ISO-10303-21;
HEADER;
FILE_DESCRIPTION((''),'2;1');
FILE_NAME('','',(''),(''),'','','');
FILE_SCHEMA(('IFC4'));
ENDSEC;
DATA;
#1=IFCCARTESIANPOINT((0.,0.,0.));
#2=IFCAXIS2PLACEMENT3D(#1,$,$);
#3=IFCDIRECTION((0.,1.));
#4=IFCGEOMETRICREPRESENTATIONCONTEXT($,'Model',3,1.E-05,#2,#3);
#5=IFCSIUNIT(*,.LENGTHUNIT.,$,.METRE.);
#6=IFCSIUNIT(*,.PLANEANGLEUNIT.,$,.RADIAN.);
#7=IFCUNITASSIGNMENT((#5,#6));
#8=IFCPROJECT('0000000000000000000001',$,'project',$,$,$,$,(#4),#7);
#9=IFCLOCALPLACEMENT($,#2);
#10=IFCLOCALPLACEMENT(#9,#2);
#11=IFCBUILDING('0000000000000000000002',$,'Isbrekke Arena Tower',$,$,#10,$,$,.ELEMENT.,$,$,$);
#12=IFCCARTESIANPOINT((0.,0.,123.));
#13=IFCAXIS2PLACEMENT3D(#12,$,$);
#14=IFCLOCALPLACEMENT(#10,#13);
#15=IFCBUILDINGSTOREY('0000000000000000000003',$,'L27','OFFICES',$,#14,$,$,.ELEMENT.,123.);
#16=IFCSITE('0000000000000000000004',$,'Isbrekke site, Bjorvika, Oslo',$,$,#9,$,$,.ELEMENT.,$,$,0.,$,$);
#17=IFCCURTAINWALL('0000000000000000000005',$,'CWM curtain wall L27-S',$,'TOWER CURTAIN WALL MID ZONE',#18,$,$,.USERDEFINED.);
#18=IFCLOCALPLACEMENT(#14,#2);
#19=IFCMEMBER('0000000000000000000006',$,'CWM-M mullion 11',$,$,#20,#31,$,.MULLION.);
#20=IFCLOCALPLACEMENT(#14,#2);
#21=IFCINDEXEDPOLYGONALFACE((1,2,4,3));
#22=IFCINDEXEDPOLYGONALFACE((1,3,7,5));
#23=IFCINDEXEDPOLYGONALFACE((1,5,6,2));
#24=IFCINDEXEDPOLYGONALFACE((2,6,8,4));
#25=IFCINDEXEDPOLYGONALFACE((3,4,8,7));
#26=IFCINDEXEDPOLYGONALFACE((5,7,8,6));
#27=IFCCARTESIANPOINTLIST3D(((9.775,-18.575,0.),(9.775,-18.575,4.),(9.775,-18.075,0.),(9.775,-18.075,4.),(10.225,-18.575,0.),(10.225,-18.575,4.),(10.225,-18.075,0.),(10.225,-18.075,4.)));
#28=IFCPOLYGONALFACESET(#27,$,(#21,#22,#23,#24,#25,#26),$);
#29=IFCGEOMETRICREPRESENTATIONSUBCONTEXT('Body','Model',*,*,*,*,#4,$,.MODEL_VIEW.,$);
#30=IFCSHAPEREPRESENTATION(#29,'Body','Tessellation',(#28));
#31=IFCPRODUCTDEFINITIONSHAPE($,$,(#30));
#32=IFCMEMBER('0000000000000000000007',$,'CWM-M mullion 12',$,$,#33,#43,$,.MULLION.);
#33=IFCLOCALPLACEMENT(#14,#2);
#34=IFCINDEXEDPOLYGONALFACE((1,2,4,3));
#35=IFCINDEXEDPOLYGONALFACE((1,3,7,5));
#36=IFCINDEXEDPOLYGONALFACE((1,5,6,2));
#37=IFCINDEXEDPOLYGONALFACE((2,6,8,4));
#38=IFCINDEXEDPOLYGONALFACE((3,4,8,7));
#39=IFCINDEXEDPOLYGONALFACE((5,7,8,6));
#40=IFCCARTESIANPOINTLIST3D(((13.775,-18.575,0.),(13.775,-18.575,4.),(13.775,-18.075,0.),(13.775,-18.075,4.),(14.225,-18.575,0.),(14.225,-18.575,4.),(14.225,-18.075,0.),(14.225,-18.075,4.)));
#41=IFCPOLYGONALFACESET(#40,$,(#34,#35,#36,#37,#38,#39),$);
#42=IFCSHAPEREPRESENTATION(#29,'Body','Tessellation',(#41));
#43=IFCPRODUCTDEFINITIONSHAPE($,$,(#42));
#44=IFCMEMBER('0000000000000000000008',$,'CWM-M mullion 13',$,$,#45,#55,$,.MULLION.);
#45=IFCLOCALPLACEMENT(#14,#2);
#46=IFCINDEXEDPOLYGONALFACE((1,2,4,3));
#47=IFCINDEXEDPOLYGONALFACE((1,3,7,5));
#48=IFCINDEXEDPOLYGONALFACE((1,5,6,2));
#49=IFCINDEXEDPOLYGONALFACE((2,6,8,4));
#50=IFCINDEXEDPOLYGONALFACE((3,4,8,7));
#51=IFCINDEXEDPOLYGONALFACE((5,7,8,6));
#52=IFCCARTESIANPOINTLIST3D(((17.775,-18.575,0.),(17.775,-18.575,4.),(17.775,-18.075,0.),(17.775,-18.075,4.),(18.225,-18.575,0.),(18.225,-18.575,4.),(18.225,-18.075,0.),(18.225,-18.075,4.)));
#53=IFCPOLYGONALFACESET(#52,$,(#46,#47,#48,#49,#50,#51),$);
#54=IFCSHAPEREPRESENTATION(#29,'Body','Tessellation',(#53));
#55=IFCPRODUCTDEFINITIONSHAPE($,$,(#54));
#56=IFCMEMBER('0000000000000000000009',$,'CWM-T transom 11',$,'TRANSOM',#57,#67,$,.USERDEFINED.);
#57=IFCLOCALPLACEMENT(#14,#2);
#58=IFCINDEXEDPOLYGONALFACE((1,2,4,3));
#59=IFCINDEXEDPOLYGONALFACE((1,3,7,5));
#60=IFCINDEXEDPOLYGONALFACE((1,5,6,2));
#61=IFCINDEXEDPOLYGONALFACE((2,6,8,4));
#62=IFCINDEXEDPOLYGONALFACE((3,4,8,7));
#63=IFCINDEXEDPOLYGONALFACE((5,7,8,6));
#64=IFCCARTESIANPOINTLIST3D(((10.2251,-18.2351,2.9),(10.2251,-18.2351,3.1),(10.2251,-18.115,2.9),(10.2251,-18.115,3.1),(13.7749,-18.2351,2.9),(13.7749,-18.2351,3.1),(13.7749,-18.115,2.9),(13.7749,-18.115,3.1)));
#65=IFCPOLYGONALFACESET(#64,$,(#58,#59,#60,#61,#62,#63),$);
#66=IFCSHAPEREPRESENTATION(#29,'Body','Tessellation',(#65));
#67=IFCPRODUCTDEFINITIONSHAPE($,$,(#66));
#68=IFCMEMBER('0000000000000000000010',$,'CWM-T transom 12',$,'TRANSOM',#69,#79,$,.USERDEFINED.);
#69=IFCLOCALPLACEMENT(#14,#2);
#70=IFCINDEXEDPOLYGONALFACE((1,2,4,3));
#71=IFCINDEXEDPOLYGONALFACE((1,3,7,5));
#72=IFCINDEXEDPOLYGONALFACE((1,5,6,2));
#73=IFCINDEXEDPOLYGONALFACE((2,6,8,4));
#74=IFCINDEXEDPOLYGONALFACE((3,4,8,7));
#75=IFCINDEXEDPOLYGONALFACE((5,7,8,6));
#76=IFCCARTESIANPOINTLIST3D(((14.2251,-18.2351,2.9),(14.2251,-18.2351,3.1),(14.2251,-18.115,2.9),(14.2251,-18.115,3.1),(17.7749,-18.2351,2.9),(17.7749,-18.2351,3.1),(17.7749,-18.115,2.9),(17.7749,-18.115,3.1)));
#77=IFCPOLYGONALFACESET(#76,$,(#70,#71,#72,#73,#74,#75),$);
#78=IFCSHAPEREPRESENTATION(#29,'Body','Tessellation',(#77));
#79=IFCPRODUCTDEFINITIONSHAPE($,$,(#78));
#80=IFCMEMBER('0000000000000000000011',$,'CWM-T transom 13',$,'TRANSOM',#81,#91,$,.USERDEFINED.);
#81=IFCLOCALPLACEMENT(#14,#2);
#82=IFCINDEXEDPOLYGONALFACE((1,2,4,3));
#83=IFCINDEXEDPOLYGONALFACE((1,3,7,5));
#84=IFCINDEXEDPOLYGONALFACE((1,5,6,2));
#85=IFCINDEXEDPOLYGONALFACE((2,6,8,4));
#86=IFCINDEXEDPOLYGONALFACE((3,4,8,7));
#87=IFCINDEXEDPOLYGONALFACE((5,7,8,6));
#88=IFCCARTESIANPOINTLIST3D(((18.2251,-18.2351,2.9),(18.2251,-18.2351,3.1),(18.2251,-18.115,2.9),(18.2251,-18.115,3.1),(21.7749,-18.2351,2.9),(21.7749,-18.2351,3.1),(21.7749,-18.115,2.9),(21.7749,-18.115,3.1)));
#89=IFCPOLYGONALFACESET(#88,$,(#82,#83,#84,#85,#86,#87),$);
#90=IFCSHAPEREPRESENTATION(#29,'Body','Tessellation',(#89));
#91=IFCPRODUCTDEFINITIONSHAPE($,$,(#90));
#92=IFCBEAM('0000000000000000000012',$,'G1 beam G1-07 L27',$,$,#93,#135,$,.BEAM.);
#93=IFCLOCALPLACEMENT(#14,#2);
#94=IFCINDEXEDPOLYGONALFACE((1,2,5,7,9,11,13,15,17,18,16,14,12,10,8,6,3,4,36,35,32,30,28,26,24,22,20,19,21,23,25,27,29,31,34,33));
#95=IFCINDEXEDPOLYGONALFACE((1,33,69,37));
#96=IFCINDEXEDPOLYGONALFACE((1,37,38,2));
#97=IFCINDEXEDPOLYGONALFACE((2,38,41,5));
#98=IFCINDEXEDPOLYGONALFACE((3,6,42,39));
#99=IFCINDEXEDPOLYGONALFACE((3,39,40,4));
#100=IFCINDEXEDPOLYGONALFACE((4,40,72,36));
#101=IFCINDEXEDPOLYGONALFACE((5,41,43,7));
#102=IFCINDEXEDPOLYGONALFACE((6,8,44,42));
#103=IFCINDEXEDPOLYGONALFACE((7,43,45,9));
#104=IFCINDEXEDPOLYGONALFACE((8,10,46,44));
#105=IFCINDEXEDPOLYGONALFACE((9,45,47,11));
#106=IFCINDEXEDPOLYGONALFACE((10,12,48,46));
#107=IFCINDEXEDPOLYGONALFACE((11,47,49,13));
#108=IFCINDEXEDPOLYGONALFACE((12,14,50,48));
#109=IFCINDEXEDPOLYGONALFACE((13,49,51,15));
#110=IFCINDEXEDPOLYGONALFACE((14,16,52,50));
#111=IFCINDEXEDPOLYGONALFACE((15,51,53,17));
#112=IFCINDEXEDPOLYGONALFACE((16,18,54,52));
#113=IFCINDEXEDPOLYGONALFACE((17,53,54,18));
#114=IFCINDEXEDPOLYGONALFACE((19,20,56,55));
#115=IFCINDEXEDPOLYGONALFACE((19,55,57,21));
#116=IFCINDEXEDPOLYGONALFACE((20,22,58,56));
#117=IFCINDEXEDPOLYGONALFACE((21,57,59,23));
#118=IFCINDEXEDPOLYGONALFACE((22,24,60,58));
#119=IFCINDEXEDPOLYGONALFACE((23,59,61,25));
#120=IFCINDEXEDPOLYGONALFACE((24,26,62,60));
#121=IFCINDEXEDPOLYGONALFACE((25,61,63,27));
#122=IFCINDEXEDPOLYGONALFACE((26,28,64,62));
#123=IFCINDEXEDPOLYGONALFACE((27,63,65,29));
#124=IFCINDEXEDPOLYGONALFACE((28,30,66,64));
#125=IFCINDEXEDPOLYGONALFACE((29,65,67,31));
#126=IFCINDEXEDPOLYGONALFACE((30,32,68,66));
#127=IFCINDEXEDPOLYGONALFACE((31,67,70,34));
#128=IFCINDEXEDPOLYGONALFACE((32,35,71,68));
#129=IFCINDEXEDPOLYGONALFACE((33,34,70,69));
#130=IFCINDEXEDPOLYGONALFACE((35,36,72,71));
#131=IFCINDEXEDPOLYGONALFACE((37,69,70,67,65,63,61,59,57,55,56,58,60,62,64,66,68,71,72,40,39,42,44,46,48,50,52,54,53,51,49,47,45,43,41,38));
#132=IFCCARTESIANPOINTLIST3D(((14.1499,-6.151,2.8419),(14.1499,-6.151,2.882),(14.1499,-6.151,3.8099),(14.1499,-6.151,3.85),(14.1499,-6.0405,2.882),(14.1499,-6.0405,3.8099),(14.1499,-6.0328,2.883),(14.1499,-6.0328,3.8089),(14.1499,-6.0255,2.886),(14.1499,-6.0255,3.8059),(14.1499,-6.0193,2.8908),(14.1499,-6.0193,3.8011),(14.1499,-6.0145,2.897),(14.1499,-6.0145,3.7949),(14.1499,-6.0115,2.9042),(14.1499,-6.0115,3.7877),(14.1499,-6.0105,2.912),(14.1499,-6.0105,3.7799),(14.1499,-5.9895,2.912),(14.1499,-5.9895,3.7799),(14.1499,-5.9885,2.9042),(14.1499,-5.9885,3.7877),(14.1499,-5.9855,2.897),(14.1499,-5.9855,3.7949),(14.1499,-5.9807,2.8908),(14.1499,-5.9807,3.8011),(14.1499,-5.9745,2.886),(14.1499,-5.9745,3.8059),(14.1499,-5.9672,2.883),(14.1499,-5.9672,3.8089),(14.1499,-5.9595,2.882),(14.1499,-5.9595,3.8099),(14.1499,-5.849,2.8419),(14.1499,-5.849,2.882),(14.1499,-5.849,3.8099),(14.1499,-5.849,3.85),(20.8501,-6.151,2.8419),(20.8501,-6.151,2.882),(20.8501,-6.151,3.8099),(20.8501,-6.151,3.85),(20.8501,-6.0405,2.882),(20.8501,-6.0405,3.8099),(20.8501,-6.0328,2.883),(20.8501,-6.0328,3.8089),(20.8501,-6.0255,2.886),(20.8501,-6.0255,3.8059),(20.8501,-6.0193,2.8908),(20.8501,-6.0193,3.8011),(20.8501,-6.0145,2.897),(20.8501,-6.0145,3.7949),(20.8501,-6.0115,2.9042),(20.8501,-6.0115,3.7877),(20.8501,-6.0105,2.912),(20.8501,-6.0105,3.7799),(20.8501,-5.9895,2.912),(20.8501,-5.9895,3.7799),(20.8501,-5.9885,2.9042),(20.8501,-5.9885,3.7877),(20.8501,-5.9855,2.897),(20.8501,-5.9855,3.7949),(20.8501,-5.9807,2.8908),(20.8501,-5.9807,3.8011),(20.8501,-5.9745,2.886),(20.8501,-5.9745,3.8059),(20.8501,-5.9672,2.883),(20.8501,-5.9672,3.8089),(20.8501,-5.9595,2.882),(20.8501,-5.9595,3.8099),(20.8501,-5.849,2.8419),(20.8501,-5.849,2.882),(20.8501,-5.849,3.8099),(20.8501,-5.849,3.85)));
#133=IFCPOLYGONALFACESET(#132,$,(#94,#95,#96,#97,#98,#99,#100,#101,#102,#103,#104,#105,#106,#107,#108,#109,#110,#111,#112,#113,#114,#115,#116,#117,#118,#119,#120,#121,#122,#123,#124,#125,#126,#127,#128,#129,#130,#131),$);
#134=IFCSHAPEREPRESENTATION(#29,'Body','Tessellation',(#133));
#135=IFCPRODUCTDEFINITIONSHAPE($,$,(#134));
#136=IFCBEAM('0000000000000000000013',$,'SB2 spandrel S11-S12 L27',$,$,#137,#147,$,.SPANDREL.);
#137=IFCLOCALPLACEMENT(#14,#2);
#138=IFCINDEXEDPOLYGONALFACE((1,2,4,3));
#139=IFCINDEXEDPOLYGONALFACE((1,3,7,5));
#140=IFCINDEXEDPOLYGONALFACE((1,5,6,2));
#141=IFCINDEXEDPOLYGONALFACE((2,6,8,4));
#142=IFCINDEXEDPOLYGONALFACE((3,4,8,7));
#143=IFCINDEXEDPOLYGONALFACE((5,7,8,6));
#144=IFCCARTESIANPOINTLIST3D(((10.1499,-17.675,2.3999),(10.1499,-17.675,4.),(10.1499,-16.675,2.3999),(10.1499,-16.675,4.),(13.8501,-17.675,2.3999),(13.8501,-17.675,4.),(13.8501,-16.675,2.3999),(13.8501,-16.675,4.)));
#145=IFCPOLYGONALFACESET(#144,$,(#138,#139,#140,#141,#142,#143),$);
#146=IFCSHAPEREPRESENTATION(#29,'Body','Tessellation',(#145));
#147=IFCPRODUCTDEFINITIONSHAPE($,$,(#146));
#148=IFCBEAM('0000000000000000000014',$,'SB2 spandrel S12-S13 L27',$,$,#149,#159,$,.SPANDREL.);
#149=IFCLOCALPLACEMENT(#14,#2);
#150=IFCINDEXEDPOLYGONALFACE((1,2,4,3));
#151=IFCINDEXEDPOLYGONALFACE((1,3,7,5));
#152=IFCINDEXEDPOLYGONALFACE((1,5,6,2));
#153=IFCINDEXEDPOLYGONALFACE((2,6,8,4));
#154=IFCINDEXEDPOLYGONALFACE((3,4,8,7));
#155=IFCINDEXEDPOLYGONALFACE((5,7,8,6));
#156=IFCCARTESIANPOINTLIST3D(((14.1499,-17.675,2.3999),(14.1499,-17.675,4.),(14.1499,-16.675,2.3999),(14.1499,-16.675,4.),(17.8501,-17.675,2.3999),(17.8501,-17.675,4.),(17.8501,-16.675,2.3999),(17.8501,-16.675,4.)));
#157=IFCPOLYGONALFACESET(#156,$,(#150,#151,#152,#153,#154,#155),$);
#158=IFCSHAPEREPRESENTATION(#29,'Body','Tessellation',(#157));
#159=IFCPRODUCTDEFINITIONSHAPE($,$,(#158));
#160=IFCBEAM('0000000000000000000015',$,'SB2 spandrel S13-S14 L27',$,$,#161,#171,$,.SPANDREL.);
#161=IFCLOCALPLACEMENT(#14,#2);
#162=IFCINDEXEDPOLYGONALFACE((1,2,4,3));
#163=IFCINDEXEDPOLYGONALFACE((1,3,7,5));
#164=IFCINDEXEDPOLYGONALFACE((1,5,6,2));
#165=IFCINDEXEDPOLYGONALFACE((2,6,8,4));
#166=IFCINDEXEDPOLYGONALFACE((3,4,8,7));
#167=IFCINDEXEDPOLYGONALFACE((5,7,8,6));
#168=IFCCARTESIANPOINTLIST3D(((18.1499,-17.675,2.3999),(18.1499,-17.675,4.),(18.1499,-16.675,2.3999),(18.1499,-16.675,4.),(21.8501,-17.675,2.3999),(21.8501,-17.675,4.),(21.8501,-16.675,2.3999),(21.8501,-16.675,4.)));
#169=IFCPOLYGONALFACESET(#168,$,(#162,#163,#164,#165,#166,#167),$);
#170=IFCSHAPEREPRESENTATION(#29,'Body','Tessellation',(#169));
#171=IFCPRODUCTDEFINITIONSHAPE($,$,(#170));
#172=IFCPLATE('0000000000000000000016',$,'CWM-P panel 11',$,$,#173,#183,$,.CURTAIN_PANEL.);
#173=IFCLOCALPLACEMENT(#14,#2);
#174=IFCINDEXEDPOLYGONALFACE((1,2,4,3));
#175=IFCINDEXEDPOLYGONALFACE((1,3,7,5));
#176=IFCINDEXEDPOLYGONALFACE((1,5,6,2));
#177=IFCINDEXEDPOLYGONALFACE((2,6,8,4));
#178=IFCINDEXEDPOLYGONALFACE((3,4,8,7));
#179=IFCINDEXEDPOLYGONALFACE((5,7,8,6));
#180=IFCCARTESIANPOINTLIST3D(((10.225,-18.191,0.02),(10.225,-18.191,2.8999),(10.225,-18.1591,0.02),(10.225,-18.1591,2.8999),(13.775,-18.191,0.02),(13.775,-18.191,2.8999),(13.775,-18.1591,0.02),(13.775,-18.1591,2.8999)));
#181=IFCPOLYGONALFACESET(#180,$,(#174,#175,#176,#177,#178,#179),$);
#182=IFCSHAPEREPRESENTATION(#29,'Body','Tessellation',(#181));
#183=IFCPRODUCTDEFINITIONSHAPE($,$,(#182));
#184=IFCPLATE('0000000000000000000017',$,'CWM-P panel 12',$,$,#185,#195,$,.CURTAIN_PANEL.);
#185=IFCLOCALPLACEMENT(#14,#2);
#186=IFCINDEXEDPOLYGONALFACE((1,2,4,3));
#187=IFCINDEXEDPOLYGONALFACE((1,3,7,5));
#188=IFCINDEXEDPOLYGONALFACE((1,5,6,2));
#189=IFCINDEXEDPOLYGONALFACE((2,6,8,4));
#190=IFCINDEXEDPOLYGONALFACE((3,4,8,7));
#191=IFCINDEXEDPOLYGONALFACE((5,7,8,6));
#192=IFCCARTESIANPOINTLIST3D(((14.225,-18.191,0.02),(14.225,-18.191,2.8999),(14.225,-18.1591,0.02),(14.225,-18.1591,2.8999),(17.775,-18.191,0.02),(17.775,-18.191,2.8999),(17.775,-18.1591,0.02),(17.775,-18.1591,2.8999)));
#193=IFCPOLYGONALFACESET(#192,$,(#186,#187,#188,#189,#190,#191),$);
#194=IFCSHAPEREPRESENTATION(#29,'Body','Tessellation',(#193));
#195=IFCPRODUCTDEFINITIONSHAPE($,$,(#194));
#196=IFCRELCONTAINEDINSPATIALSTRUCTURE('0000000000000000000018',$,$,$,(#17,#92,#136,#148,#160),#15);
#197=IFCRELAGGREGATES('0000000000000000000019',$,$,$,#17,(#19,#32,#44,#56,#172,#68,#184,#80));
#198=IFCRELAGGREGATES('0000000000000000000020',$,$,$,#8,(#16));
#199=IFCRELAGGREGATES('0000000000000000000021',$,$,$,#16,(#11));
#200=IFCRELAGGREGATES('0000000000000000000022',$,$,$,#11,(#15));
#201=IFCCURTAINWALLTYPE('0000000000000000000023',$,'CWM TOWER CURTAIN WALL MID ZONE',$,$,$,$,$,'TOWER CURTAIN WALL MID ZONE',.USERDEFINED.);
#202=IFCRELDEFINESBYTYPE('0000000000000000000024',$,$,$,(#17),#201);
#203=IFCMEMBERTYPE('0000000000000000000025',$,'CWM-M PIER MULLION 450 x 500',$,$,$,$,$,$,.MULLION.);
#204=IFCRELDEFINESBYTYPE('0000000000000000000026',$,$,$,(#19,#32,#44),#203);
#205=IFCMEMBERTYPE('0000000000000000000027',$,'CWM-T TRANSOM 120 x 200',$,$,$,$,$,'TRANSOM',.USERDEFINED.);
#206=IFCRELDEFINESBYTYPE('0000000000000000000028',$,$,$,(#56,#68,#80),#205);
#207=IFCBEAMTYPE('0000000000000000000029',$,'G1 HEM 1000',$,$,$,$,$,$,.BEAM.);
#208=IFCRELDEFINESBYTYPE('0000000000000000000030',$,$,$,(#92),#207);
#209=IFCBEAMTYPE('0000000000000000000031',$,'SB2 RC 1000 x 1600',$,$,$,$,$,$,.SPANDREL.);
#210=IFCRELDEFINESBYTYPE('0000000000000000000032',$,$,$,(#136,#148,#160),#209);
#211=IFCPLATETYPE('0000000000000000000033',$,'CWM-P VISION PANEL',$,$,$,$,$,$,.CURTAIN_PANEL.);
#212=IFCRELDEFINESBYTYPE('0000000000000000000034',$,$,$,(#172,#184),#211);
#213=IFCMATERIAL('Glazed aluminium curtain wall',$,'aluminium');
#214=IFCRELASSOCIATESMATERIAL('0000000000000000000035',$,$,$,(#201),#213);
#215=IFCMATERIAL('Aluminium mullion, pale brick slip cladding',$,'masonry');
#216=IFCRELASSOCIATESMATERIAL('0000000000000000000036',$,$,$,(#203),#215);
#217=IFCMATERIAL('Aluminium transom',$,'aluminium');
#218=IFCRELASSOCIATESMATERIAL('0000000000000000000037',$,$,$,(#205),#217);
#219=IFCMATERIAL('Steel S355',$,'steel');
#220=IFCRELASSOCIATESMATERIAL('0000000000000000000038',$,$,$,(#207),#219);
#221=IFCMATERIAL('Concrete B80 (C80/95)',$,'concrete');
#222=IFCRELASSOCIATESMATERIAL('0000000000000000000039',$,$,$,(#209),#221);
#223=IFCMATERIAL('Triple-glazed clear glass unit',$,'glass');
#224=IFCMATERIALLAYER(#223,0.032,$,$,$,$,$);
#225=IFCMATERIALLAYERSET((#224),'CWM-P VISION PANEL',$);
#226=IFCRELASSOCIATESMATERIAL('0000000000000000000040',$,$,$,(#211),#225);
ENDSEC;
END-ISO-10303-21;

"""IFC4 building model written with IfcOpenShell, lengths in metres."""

from ifc_helpers import new_model, si_unit, direction, frame, origin, origin_2d, place, context, subcontext, project, spatial, rectangle, i_section, extrude, material, layer, layer_set, material_profile, profile_set, type_object, element, aggregate, save


model = new_model("IFC4")

# Units and contexts
model_context = context("Model", 3, precision=1e-05, world=origin(), true_north=direction((0.0, 1.0)))
body_context = subcontext(model_context, "Body", "Model", "MODEL_VIEW")
ifc_project = project(units=[si_unit("LENGTHUNIT", "METRE"), si_unit("PLANEANGLEUNIT", "RADIAN")], contexts=[model_context])

# Site, building, storey
site_placement = place(None, origin())
site = spatial("IfcSite", under=ifc_project, at=site_placement, Name="Isbrekke site, Bjorvika, Oslo", CompositionType="ELEMENT", RefElevation=0.0)
building_placement = place(site_placement, origin())
building = spatial("IfcBuilding", under=site, at=building_placement, Name="Isbrekke Arena Tower", CompositionType="ELEMENT")
storey_placement = place(building_placement, frame((0.0, 0.0, 123.0)))
storey = spatial("IfcBuildingStorey", under=building, at=storey_placement, Name="L27", Description="OFFICES", CompositionType="ELEMENT", Elevation=123.0)

# Curtain wall, members
ifc_material_1 = material(Name="Glazed aluminium curtain wall", Category="aluminium")
curtain_wall_type = type_object("IfcCurtainWallType", Name="CWM TOWER CURTAIN WALL MID ZONE", ElementType="TOWER CURTAIN WALL MID ZONE", PredefinedType="USERDEFINED", material=ifc_material_1)
curtain_wall_placement = place(storey_placement, origin())
curtain_wall = element("IfcCurtainWall", 1, at=curtain_wall_placement, inside=storey, type_object=curtain_wall_type, Name="CWM curtain wall L27-S", ObjectType="TOWER CURTAIN WALL MID ZONE", PredefinedType="USERDEFINED")
ifc_material_2 = material(Name="Aluminium mullion, pale brick slip cladding", Category="masonry")
ifc_material_profile_1 = material_profile(ifc_material_2, rectangle(XDim=0.45, YDim=0.5, at=origin_2d()), Name="PIER 450X500")
ifc_profile_set_1 = profile_set([ifc_material_profile_1], Name="Aluminium mullion, pale brick slip cladding")
member_type_1 = type_object("IfcMemberType", Name="CWM-M PIER MULLION 450 x 500", PredefinedType="MULLION", material=ifc_profile_set_1)
member_1_placement = place(storey_placement, frame((10.0, -18.325, 0.0), z_axis=(0.0, 0.0, 1.0), x_axis=(1.0, 0.0, 0.0)))
member_1 = element("IfcMember", 2, at=member_1_placement, type_object=member_type_1, Name="CWM-M mullion 11", PredefinedType="MULLION", context=body_context, shape_type="SweptSolid", body=[
    extrude(rectangle(XDim=0.45, YDim=0.5, at=origin_2d()), origin(), (0.0, 0.0, 1.0), 4.0),
])
member_2_placement = place(storey_placement, frame((14.0, -18.325, 0.0), z_axis=(0.0, 0.0, 1.0), x_axis=(1.0, 0.0, 0.0)))
member_2 = element("IfcMember", 3, at=member_2_placement, type_object=member_type_1, Name="CWM-M mullion 12", PredefinedType="MULLION", context=body_context, shape_type="SweptSolid", body=[
    extrude(rectangle(XDim=0.45, YDim=0.5, at=origin_2d()), origin(), (0.0, 0.0, 1.0), 4.0),
])
member_3_placement = place(storey_placement, frame((18.0, -18.325, 0.0), z_axis=(0.0, 0.0, 1.0), x_axis=(1.0, 0.0, 0.0)))
member_3 = element("IfcMember", 4, at=member_3_placement, type_object=member_type_1, Name="CWM-M mullion 13", PredefinedType="MULLION", context=body_context, shape_type="SweptSolid", body=[
    extrude(rectangle(XDim=0.45, YDim=0.5, at=origin_2d()), origin(), (0.0, 0.0, 1.0), 4.0),
])
ifc_material_3 = material(Name="Aluminium transom", Category="aluminium")
ifc_material_profile_2 = material_profile(ifc_material_3, rectangle(XDim=0.1201, YDim=0.2, at=origin_2d()), Name="TRANSOM 120X200")
ifc_profile_set_2 = profile_set([ifc_material_profile_2], Name="Aluminium transom")
member_type_2 = type_object("IfcMemberType", Name="CWM-T TRANSOM 120 x 200", ElementType="TRANSOM", PredefinedType="USERDEFINED", material=ifc_profile_set_2)
member_4_placement = place(storey_placement, frame((10.2251, -18.175, 3.0), z_axis=(1.0, 0.0, 0.0), x_axis=(0.0, 1.0, 0.0)))
member_4 = element("IfcMember", 5, at=member_4_placement, type_object=member_type_2, Name="CWM-T transom 11", ObjectType="TRANSOM", PredefinedType="USERDEFINED", context=body_context, shape_type="SweptSolid", body=[
    extrude(rectangle(XDim=0.1201, YDim=0.2, at=origin_2d()), origin(), (0.0, 0.0, 1.0), 3.5498),
])
member_5_placement = place(storey_placement, frame((14.2251, -18.175, 3.0), z_axis=(1.0, 0.0, 0.0), x_axis=(0.0, 1.0, 0.0)))
member_5 = element("IfcMember", 6, at=member_5_placement, type_object=member_type_2, Name="CWM-T transom 12", ObjectType="TRANSOM", PredefinedType="USERDEFINED", context=body_context, shape_type="SweptSolid", body=[
    extrude(rectangle(XDim=0.1201, YDim=0.2, at=origin_2d()), origin(), (0.0, 0.0, 1.0), 3.5498),
])
member_6_placement = place(storey_placement, frame((18.2251, -18.175, 3.0), z_axis=(1.0, 0.0, 0.0), x_axis=(0.0, 1.0, 0.0)))
member_6 = element("IfcMember", 7, at=member_6_placement, type_object=member_type_2, Name="CWM-T transom 13", ObjectType="TRANSOM", PredefinedType="USERDEFINED", context=body_context, shape_type="SweptSolid", body=[
    extrude(rectangle(XDim=0.1201, YDim=0.2, at=origin_2d()), origin(), (0.0, 0.0, 1.0), 3.5498),
])

# Beams
ifc_material_4 = material(Name="Steel S355", Category="steel")
ifc_material_profile_3 = material_profile(ifc_material_4, i_section(OverallWidth=0.302, OverallDepth=1.0081, WebThickness=0.021, FlangeThickness=0.04, FilletRadius=0.03, at=origin_2d()), Name="HEM 1000")
ifc_profile_set_3 = profile_set([ifc_material_profile_3], Name="Steel S355")
beam_type_1 = type_object("IfcBeamType", Name="G1 HEM 1000", PredefinedType="BEAM", material=ifc_profile_set_3)
beam_1_placement = place(storey_placement, frame((14.1499, -6.0, 3.3459), z_axis=(1.0, 0.0, 0.0), x_axis=(0.0, 1.0, 0.0)))
element("IfcBeam", 8, at=beam_1_placement, inside=storey, type_object=beam_type_1, Name="G1 beam G1-07 L27", PredefinedType="BEAM", context=body_context, shape_type="SweptSolid", body=[
    extrude(i_section(OverallWidth=0.302, OverallDepth=1.0081, WebThickness=0.021, FlangeThickness=0.04, FilletRadius=0.03, at=origin_2d()), origin(), (0.0, 0.0, 1.0), 6.7002),
])
ifc_material_5 = material(Name="Concrete B80 (C80/95)", Category="concrete")
ifc_material_profile_4 = material_profile(ifc_material_5, rectangle(XDim=1.0, YDim=1.6001, at=origin_2d()), Name="RC 1000x1600")
ifc_profile_set_4 = profile_set([ifc_material_profile_4], Name="Concrete B80 (C80/95)")
beam_type_2 = type_object("IfcBeamType", Name="SB2 RC 1000 x 1600", PredefinedType="SPANDREL", material=ifc_profile_set_4)
for number, where, z_axis, x_axis, name in (
    (9, (10.1499, -17.175, 3.2), (1.0, 0.0, 0.0), (0.0, 1.0, 0.0), "SB2 spandrel S11-S12 L27"),
    (10, (14.1499, -17.175, 3.2), (1.0, 0.0, 0.0), (0.0, 1.0, 0.0), "SB2 spandrel S12-S13 L27"),
    (11, (18.1499, -17.175, 3.2), (1.0, 0.0, 0.0), (0.0, 1.0, 0.0), "SB2 spandrel S13-S14 L27"),
):
    element("IfcBeam", number, at=place(storey_placement, frame(where, z_axis=z_axis, x_axis=x_axis)), inside=storey, type_object=beam_type_2, Name=name, PredefinedType="SPANDREL", context=body_context, shape_type="SweptSolid", body=[
        extrude(rectangle(XDim=1.0, YDim=1.6001, at=origin_2d()), origin(), (0.0, 0.0, 1.0), 3.7002),
    ])

# Plates
ifc_material_6 = material(Name="Triple-glazed clear glass unit", Category="glass")
ifc_layer_1 = layer(ifc_material_6, 0.032)
ifc_layer_set_1 = layer_set([ifc_layer_1], Name="CWM-P VISION PANEL")
plate_type = type_object("IfcPlateType", Name="CWM-P VISION PANEL", PredefinedType="CURTAIN_PANEL", material=ifc_layer_set_1)
plate_1_placement = place(storey_placement, frame((12.0, -18.175, 0.02), z_axis=(0.0, 0.0, 1.0), x_axis=(1.0, 0.0, 0.0)))
plate_1 = element("IfcPlate", 12, at=plate_1_placement, type_object=plate_type, Name="CWM-P panel 11", PredefinedType="CURTAIN_PANEL", context=body_context, shape_type="SweptSolid", body=[
    extrude(rectangle(XDim=3.55, YDim=0.032, at=origin_2d()), origin(), (0.0, 0.0, 1.0), 2.8799),
])
plate_2_placement = place(storey_placement, frame((16.0, -18.175, 0.02), z_axis=(0.0, 0.0, 1.0), x_axis=(1.0, 0.0, 0.0)))
plate_2 = element("IfcPlate", 13, at=plate_2_placement, type_object=plate_type, Name="CWM-P panel 12", PredefinedType="CURTAIN_PANEL", context=body_context, shape_type="SweptSolid", body=[
    extrude(rectangle(XDim=3.55, YDim=0.032, at=origin_2d()), origin(), (0.0, 0.0, 1.0), 2.8799),
])
aggregate(curtain_wall, [member_1, member_2, member_3, member_4, plate_1, member_5, plate_2, member_6])

save(model, "model.ifc")
